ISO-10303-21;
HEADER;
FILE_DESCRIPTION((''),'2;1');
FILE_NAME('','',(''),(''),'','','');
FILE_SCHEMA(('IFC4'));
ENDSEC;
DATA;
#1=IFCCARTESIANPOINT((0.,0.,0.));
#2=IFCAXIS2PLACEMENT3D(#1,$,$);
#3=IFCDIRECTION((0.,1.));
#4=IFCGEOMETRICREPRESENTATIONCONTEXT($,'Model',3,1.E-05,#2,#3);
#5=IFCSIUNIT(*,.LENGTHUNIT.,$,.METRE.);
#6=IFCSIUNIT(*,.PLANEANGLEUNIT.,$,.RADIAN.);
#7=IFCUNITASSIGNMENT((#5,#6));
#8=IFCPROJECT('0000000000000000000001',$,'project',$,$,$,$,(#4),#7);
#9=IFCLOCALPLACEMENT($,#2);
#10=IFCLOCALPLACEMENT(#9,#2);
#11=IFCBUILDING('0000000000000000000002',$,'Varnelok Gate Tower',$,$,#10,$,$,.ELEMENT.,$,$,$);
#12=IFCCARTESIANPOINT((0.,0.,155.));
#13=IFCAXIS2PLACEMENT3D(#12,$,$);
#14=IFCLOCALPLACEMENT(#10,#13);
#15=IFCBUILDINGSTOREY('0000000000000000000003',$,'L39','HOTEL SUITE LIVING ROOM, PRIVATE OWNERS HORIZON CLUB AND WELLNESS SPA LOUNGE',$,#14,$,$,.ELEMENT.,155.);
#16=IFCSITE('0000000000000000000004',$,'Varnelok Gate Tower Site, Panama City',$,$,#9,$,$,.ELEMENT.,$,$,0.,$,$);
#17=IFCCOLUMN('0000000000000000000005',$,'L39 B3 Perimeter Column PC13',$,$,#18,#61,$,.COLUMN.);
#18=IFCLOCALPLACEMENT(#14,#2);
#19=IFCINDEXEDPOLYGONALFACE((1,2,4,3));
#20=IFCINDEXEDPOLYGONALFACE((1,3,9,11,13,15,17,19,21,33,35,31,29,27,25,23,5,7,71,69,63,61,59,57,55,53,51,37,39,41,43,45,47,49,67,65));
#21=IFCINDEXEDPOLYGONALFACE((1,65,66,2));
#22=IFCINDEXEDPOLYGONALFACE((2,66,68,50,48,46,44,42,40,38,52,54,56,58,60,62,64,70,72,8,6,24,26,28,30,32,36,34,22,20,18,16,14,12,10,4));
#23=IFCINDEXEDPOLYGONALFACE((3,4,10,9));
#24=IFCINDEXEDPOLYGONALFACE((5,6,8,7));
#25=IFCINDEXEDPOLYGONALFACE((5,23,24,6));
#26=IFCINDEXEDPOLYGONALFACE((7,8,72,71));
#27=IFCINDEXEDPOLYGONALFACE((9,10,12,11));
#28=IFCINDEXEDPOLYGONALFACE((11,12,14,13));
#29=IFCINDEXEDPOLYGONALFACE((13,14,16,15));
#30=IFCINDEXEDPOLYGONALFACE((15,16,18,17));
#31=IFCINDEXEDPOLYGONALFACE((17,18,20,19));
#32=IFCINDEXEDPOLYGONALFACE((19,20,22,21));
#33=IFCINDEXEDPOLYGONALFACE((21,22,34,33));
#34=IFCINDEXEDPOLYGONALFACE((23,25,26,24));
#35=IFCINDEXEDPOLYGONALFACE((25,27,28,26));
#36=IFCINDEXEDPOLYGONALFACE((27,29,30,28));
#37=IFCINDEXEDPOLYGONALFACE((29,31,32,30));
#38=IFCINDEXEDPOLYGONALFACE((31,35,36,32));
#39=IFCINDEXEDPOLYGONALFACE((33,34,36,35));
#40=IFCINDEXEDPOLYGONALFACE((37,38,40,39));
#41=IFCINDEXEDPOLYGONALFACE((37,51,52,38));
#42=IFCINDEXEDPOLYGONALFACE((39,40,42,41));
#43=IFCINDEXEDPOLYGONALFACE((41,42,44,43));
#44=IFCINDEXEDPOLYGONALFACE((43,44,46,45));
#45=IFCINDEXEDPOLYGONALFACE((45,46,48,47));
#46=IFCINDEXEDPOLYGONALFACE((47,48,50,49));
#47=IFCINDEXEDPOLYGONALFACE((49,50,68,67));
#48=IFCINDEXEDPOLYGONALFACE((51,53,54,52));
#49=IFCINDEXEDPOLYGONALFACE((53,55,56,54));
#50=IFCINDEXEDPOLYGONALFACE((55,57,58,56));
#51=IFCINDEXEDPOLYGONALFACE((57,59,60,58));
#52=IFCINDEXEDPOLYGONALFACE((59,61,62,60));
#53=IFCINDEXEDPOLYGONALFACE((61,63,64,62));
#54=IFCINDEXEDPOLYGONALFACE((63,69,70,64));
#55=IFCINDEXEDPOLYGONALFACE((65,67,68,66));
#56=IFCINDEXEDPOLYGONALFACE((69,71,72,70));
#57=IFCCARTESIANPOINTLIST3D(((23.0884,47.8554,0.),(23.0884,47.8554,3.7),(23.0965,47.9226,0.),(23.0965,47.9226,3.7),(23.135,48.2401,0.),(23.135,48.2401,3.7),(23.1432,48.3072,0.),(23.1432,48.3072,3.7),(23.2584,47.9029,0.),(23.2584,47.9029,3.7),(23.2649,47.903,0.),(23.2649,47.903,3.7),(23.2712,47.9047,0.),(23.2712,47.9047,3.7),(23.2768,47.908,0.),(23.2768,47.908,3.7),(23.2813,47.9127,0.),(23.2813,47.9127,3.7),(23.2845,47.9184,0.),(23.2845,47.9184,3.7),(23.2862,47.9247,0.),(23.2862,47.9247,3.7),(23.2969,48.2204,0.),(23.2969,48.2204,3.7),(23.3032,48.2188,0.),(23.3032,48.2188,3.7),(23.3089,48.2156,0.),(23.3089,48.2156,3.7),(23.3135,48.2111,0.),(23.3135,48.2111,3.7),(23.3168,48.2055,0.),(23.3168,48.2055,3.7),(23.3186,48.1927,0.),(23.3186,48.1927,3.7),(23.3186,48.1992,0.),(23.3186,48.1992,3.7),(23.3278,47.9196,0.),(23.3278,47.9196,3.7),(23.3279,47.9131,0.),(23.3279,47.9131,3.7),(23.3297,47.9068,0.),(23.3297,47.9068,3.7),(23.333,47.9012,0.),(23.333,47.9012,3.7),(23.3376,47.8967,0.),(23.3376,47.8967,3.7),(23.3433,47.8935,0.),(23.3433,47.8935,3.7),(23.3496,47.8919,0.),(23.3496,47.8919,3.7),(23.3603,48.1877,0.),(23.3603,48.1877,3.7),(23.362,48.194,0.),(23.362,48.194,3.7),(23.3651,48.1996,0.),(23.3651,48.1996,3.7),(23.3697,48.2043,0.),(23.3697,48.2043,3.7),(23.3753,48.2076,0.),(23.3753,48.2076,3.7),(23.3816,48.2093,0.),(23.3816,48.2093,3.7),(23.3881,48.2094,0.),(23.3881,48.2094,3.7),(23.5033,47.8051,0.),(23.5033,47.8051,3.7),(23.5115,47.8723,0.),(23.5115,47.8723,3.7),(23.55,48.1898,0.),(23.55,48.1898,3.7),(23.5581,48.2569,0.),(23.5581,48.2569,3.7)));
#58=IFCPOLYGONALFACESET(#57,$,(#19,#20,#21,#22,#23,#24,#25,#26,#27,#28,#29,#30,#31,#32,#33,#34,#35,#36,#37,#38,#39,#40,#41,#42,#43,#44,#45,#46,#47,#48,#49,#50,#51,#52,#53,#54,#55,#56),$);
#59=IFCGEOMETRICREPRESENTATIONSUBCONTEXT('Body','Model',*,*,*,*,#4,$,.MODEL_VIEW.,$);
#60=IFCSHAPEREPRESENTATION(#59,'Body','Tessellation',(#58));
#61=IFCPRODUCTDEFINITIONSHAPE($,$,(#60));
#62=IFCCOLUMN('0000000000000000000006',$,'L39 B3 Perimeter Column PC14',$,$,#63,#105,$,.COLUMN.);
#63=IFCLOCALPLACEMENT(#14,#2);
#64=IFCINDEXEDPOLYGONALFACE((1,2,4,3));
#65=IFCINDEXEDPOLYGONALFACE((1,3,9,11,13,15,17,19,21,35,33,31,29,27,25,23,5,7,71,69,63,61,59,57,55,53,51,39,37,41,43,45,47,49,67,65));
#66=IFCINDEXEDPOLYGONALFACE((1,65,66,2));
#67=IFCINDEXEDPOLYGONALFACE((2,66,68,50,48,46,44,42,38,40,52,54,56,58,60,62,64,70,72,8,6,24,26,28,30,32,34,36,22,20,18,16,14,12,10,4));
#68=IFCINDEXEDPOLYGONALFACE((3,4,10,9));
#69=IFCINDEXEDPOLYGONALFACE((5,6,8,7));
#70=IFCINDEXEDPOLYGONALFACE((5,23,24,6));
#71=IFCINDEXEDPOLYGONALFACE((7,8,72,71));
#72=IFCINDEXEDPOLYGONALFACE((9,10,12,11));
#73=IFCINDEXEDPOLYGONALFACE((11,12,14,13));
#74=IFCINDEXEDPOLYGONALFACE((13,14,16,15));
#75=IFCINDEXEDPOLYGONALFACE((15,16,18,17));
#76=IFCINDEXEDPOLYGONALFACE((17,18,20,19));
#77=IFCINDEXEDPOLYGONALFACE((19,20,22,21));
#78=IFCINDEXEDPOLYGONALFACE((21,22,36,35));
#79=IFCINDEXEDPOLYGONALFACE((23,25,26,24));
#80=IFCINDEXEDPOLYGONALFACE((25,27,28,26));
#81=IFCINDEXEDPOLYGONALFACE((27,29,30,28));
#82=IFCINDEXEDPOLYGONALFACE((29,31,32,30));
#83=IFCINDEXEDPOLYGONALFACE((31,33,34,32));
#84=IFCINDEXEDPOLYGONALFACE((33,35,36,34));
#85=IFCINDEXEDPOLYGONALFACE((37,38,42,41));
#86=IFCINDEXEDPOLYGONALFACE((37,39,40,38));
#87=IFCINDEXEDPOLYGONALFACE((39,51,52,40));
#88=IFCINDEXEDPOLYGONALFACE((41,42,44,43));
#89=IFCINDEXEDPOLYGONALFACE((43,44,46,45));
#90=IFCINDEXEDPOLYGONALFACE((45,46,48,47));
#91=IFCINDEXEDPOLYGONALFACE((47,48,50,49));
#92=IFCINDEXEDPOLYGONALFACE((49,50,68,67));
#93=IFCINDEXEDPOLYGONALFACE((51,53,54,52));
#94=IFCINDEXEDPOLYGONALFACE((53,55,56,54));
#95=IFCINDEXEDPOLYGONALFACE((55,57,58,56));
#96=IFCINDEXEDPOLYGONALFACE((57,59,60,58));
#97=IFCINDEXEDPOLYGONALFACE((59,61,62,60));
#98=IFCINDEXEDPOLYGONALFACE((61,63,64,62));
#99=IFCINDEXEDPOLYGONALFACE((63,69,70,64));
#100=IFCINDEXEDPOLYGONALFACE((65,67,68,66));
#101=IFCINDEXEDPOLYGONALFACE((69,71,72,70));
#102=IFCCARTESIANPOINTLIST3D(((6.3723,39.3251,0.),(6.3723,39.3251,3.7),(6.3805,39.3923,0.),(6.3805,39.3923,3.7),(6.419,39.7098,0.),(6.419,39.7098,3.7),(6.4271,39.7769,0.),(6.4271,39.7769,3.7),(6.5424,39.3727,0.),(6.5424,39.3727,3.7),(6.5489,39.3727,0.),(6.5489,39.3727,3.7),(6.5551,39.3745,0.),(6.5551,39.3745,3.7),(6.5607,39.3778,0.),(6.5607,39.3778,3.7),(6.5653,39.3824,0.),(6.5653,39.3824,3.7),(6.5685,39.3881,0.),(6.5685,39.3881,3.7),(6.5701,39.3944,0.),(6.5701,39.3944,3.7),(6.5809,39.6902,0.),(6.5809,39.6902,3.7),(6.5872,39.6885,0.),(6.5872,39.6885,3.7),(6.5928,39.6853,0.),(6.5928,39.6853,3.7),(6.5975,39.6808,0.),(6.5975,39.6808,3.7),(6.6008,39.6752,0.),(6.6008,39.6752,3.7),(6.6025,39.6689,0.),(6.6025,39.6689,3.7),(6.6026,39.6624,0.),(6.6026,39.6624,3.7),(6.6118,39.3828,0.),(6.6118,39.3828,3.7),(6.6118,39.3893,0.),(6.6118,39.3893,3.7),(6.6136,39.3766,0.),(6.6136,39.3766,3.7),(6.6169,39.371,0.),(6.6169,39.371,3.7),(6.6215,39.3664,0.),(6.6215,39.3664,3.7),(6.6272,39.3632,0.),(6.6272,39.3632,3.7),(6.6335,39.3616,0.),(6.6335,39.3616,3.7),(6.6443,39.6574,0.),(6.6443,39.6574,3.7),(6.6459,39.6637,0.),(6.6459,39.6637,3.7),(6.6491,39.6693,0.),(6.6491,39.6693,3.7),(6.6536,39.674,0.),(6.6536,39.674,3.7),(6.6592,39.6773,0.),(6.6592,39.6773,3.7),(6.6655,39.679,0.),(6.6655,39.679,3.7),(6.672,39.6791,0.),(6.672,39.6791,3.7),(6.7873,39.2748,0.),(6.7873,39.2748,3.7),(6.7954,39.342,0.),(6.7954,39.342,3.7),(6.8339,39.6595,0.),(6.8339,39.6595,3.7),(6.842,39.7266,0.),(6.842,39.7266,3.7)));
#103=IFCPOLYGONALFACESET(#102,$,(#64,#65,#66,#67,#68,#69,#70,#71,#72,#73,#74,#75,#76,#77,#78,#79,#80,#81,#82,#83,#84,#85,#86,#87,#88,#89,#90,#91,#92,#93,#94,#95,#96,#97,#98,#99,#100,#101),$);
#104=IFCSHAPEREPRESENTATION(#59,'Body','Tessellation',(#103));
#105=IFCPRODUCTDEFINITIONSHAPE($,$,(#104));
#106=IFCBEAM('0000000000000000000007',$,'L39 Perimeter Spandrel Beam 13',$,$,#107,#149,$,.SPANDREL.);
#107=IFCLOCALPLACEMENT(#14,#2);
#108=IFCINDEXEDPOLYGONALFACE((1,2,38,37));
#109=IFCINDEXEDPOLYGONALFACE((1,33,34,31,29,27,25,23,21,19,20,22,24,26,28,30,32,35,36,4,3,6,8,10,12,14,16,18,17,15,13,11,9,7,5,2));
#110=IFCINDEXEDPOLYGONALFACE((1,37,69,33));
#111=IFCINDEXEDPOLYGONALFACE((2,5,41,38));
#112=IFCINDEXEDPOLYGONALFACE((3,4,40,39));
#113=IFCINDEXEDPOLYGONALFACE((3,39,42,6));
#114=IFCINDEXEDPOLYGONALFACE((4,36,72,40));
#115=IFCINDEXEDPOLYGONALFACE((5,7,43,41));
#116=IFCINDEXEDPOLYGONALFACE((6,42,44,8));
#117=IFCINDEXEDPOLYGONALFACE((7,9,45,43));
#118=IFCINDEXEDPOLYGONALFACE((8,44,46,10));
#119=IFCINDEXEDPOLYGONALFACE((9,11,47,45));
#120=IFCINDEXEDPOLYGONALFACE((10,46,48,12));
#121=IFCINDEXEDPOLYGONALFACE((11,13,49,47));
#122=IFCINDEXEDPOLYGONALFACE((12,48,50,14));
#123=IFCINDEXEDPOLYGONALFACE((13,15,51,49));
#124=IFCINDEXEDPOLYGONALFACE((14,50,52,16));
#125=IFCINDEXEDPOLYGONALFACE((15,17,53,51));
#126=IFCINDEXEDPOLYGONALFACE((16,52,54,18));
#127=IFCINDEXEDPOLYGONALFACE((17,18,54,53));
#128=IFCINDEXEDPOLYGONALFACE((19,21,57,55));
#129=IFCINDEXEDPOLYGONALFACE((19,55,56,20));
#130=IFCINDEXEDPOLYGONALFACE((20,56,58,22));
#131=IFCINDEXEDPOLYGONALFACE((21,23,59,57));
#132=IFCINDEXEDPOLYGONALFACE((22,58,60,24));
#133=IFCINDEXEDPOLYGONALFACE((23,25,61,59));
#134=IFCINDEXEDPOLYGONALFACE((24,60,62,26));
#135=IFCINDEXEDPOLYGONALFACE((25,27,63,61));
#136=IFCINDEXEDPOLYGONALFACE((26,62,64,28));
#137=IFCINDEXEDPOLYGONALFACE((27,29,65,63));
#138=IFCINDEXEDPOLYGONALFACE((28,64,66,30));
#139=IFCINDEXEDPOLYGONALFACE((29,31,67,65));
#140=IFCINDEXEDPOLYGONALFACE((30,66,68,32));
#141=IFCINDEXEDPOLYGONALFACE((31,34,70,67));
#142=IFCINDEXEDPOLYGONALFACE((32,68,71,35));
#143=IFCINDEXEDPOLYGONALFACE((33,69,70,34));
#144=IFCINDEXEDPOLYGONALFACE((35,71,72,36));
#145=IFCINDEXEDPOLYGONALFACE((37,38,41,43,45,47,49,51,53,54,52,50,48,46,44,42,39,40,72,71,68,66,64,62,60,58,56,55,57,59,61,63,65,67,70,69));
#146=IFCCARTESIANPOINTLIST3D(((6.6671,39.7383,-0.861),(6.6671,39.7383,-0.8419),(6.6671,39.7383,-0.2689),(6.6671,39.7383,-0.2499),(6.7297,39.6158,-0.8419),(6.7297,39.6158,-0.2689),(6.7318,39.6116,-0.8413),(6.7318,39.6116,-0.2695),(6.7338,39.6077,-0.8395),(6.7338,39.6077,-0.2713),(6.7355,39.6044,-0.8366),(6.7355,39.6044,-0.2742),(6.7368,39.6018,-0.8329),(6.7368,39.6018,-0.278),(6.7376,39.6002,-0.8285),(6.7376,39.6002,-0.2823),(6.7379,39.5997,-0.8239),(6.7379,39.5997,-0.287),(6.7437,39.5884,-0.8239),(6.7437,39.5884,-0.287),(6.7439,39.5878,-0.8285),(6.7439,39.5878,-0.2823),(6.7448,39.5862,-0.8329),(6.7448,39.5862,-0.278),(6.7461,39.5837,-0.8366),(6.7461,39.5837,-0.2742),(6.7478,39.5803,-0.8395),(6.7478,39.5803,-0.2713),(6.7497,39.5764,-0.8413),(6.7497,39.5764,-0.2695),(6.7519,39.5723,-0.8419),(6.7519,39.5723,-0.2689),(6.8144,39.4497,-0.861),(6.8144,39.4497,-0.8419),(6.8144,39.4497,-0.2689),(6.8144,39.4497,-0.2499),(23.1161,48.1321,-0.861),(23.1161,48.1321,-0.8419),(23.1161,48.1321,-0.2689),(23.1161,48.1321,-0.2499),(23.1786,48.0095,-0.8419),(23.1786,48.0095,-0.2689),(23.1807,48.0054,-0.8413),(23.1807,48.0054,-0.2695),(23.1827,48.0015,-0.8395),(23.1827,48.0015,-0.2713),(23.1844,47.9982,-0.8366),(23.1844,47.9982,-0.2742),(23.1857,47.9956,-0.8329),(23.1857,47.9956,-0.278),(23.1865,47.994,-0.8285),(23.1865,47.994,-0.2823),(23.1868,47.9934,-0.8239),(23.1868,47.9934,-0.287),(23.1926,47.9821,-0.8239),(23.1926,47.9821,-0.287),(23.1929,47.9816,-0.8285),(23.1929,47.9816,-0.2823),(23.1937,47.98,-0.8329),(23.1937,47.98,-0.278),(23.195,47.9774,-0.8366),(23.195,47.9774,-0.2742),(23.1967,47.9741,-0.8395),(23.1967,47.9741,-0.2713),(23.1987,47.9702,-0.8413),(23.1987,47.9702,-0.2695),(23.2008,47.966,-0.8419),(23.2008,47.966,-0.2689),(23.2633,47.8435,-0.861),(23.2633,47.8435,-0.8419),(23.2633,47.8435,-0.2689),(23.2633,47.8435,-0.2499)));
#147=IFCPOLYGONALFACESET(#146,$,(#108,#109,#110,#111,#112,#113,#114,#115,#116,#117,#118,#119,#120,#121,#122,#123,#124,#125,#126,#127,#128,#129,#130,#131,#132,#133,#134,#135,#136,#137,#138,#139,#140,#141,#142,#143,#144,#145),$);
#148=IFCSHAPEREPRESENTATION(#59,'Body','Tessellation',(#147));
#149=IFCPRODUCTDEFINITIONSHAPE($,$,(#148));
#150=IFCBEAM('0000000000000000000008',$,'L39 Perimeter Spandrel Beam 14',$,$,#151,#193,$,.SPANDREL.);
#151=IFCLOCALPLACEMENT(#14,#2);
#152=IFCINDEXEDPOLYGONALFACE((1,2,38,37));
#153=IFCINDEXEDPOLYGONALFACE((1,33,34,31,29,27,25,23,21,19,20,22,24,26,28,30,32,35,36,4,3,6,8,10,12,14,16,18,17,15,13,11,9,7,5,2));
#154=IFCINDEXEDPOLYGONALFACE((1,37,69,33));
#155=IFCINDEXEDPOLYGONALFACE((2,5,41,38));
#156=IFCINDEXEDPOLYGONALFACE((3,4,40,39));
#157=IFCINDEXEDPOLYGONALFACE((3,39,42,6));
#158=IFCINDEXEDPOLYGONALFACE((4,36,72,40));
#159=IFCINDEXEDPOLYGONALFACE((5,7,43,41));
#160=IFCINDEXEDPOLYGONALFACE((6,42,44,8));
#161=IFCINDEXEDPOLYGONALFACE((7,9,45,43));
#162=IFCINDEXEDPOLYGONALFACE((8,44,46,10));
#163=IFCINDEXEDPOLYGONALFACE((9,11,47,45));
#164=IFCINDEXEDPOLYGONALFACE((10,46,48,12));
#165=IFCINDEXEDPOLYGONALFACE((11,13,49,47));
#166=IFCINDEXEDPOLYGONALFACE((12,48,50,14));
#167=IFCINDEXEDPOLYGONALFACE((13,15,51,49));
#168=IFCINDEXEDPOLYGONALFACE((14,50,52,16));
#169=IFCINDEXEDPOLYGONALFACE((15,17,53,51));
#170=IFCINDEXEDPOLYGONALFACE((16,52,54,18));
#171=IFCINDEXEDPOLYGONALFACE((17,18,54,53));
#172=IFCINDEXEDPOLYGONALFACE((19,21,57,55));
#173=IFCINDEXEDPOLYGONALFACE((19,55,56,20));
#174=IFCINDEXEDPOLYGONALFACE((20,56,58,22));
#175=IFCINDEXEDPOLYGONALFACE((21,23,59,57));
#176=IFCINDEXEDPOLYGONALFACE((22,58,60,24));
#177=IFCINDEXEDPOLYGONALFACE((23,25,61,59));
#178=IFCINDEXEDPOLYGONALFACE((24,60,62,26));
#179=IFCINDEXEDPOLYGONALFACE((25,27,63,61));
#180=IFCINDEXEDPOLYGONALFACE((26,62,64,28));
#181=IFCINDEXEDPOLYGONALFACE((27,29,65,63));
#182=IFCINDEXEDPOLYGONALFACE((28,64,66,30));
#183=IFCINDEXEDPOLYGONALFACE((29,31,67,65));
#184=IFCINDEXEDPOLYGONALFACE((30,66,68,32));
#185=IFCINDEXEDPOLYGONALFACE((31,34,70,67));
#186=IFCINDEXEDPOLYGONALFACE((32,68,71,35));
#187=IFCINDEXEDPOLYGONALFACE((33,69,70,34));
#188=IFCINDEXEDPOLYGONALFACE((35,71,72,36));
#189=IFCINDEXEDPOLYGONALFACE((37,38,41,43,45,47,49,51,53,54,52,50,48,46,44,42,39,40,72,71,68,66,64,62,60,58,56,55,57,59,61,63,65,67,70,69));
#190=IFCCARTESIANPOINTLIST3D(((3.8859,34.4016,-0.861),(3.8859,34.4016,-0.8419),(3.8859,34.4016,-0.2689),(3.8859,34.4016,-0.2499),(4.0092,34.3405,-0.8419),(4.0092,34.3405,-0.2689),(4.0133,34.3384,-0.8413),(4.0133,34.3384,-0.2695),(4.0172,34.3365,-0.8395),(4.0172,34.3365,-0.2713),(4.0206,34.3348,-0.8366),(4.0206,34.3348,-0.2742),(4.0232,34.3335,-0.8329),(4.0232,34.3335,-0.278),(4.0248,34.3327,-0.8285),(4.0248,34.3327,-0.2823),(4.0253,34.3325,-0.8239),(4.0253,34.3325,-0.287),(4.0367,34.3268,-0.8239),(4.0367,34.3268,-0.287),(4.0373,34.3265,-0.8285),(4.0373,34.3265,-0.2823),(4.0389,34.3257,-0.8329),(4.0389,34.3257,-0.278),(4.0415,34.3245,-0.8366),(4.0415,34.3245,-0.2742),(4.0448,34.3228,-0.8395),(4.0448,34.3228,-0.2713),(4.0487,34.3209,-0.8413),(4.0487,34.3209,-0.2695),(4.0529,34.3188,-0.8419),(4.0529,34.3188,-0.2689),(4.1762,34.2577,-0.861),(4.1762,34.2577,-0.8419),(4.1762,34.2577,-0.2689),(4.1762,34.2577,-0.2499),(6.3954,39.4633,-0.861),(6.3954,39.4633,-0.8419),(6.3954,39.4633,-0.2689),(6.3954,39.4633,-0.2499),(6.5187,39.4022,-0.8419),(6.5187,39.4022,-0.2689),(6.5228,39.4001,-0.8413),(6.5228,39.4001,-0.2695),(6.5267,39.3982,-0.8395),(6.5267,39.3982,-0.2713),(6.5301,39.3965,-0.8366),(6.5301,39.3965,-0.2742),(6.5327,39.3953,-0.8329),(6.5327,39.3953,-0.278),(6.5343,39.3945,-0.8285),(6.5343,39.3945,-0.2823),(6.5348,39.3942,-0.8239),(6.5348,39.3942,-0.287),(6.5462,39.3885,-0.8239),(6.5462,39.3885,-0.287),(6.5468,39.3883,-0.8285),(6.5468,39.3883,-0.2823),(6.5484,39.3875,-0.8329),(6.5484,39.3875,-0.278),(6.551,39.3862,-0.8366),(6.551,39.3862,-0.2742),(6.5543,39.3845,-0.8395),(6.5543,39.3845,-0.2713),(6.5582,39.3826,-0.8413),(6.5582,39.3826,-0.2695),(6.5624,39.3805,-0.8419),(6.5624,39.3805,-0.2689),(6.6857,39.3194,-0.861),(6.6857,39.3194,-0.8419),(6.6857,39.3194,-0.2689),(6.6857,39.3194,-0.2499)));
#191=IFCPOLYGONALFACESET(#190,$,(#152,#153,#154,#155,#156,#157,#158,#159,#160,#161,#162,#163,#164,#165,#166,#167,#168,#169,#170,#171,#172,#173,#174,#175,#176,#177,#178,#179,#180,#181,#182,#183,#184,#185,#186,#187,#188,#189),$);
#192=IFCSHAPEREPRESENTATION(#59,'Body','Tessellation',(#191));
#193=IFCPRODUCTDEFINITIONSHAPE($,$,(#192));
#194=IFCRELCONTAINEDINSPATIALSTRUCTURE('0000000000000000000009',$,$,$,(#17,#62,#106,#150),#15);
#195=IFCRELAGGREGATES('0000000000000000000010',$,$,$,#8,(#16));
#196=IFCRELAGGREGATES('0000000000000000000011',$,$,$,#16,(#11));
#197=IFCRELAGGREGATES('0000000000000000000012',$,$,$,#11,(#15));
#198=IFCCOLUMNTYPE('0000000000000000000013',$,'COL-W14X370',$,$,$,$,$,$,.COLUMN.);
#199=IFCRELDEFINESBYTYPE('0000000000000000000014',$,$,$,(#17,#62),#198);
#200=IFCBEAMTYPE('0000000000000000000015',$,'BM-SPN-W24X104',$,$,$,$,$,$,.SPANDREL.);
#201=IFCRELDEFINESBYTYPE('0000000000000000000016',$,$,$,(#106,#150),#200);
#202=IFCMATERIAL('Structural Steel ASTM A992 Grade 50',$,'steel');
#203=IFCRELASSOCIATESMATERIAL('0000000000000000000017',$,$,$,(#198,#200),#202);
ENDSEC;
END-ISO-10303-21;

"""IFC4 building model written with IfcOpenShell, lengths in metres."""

from ifc_helpers import new_model, si_unit, direction, frame, origin, origin_2d, place, context, subcontext, project, spatial, i_section, extrude, material, material_profile, profile_set, type_object, element, save


model = new_model("IFC4")

# Units and contexts
model_context = context("Model", 3, precision=1e-05, world=origin(), true_north=direction((0.0, 1.0)))
body_context = subcontext(model_context, "Body", "Model", "MODEL_VIEW")
ifc_project = project(units=[si_unit("LENGTHUNIT", "METRE"), si_unit("PLANEANGLEUNIT", "RADIAN")], contexts=[model_context])

# Site, building, storey
site_placement = place(None, origin())
site = spatial("IfcSite", under=ifc_project, at=site_placement, Name="Varnelok Gate Tower Site, Panama City", CompositionType="ELEMENT", RefElevation=0.0)
building_placement = place(site_placement, origin())
building = spatial("IfcBuilding", under=site, at=building_placement, Name="Varnelok Gate Tower", CompositionType="ELEMENT")
storey_placement = place(building_placement, frame((0.0, 0.0, 155.0)))
storey = spatial("IfcBuildingStorey", under=building, at=storey_placement, Name="L39", Description="HOTEL SUITE LIVING ROOM, PRIVATE OWNERS HORIZON CLUB AND WELLNESS SPA LOUNGE", CompositionType="ELEMENT", Elevation=155.0)

# Columns
ifc_material_1 = material(Name="Structural Steel ASTM A992 Grade 50", Category="steel")
ifc_material_profile_1 = material_profile(ifc_material_1, i_section(OverallWidth=0.418, OverallDepth=0.4551, WebThickness=0.042, FlangeThickness=0.0676, FilletRadius=0.0249, at=origin_2d()), Name="W14X370")
ifc_profile_set_1 = profile_set([ifc_material_profile_1], Name="Structural Steel ASTM A992 Grade 50")
column_type = type_object("IfcColumnType", Name="COL-W14X370", PredefinedType="COLUMN", material=ifc_profile_set_1)
for number, where, z_axis, x_axis, name in (
    (1, (23.3232, 48.0562, 0.0), (0.0, 0.0, 1.0), (0.992732, -0.120345, 0.0), "L39 B3 Perimeter Column PC13"),
    (2, (6.6072, 39.5259, 0.0), (0.0, 0.0, 1.0), (0.992732, -0.120345, 0.0), "L39 B3 Perimeter Column PC14"),
):
    element("IfcColumn", number, at=place(storey_placement, frame(where, z_axis=z_axis, x_axis=x_axis)), inside=storey, type_object=column_type, Name=name, PredefinedType="COLUMN", context=body_context, shape_type="SweptSolid", body=[
        extrude(i_section(OverallWidth=0.418, OverallDepth=0.4551, WebThickness=0.042, FlangeThickness=0.0676, FilletRadius=0.0249, at=origin_2d()), origin(), (0.0, 0.0, 1.0), 3.7),
    ])

# Beams
ifc_material_profile_2 = material_profile(ifc_material_1, i_section(OverallWidth=0.324, OverallDepth=0.6111, WebThickness=0.0127, FlangeThickness=0.019, FilletRadius=0.0181, at=origin_2d()), Name="W24X104")
ifc_profile_set_2 = profile_set([ifc_material_profile_2], Name="Structural Steel ASTM A992 Grade 50")
beam_type = type_object("IfcBeamType", Name="BM-SPN-W24X104", PredefinedType="SPANDREL", material=ifc_profile_set_2)
beam_1_placement = place(storey_placement, frame((23.1897, 47.9878, -0.5554), z_axis=(-0.89073, -0.454533, 0.0), x_axis=(0.454533, -0.89073, 0.0)))
element("IfcBeam", 3, at=beam_1_placement, inside=storey, type_object=beam_type, Name="L39 Perimeter Spandrel Beam 13", PredefinedType="SPANDREL", context=body_context, shape_type="SweptSolid", body=[
    extrude(i_section(OverallWidth=0.324, OverallDepth=0.6111, WebThickness=0.0127, FlangeThickness=0.019, FilletRadius=0.0181, at=origin_2d()), origin(), (0.0, 0.0, 1.0), 18.4668),
])
beam_2_placement = place(storey_placement, frame((6.5405, 39.3914, -0.5554), z_axis=(-0.444186, -0.895935, 0.0), x_axis=(0.895935, -0.444186, 0.0)))
element("IfcBeam", 4, at=beam_2_placement, inside=storey, type_object=beam_type, Name="L39 Perimeter Spandrel Beam 14", PredefinedType="SPANDREL", context=body_context, shape_type="SweptSolid", body=[
    extrude(i_section(OverallWidth=0.324, OverallDepth=0.6111, WebThickness=0.0127, FlangeThickness=0.019, FilletRadius=0.0181, at=origin_2d()), origin(), (0.0, 0.0, 1.0), 5.6497),
])

save(model, "model.ifc")
